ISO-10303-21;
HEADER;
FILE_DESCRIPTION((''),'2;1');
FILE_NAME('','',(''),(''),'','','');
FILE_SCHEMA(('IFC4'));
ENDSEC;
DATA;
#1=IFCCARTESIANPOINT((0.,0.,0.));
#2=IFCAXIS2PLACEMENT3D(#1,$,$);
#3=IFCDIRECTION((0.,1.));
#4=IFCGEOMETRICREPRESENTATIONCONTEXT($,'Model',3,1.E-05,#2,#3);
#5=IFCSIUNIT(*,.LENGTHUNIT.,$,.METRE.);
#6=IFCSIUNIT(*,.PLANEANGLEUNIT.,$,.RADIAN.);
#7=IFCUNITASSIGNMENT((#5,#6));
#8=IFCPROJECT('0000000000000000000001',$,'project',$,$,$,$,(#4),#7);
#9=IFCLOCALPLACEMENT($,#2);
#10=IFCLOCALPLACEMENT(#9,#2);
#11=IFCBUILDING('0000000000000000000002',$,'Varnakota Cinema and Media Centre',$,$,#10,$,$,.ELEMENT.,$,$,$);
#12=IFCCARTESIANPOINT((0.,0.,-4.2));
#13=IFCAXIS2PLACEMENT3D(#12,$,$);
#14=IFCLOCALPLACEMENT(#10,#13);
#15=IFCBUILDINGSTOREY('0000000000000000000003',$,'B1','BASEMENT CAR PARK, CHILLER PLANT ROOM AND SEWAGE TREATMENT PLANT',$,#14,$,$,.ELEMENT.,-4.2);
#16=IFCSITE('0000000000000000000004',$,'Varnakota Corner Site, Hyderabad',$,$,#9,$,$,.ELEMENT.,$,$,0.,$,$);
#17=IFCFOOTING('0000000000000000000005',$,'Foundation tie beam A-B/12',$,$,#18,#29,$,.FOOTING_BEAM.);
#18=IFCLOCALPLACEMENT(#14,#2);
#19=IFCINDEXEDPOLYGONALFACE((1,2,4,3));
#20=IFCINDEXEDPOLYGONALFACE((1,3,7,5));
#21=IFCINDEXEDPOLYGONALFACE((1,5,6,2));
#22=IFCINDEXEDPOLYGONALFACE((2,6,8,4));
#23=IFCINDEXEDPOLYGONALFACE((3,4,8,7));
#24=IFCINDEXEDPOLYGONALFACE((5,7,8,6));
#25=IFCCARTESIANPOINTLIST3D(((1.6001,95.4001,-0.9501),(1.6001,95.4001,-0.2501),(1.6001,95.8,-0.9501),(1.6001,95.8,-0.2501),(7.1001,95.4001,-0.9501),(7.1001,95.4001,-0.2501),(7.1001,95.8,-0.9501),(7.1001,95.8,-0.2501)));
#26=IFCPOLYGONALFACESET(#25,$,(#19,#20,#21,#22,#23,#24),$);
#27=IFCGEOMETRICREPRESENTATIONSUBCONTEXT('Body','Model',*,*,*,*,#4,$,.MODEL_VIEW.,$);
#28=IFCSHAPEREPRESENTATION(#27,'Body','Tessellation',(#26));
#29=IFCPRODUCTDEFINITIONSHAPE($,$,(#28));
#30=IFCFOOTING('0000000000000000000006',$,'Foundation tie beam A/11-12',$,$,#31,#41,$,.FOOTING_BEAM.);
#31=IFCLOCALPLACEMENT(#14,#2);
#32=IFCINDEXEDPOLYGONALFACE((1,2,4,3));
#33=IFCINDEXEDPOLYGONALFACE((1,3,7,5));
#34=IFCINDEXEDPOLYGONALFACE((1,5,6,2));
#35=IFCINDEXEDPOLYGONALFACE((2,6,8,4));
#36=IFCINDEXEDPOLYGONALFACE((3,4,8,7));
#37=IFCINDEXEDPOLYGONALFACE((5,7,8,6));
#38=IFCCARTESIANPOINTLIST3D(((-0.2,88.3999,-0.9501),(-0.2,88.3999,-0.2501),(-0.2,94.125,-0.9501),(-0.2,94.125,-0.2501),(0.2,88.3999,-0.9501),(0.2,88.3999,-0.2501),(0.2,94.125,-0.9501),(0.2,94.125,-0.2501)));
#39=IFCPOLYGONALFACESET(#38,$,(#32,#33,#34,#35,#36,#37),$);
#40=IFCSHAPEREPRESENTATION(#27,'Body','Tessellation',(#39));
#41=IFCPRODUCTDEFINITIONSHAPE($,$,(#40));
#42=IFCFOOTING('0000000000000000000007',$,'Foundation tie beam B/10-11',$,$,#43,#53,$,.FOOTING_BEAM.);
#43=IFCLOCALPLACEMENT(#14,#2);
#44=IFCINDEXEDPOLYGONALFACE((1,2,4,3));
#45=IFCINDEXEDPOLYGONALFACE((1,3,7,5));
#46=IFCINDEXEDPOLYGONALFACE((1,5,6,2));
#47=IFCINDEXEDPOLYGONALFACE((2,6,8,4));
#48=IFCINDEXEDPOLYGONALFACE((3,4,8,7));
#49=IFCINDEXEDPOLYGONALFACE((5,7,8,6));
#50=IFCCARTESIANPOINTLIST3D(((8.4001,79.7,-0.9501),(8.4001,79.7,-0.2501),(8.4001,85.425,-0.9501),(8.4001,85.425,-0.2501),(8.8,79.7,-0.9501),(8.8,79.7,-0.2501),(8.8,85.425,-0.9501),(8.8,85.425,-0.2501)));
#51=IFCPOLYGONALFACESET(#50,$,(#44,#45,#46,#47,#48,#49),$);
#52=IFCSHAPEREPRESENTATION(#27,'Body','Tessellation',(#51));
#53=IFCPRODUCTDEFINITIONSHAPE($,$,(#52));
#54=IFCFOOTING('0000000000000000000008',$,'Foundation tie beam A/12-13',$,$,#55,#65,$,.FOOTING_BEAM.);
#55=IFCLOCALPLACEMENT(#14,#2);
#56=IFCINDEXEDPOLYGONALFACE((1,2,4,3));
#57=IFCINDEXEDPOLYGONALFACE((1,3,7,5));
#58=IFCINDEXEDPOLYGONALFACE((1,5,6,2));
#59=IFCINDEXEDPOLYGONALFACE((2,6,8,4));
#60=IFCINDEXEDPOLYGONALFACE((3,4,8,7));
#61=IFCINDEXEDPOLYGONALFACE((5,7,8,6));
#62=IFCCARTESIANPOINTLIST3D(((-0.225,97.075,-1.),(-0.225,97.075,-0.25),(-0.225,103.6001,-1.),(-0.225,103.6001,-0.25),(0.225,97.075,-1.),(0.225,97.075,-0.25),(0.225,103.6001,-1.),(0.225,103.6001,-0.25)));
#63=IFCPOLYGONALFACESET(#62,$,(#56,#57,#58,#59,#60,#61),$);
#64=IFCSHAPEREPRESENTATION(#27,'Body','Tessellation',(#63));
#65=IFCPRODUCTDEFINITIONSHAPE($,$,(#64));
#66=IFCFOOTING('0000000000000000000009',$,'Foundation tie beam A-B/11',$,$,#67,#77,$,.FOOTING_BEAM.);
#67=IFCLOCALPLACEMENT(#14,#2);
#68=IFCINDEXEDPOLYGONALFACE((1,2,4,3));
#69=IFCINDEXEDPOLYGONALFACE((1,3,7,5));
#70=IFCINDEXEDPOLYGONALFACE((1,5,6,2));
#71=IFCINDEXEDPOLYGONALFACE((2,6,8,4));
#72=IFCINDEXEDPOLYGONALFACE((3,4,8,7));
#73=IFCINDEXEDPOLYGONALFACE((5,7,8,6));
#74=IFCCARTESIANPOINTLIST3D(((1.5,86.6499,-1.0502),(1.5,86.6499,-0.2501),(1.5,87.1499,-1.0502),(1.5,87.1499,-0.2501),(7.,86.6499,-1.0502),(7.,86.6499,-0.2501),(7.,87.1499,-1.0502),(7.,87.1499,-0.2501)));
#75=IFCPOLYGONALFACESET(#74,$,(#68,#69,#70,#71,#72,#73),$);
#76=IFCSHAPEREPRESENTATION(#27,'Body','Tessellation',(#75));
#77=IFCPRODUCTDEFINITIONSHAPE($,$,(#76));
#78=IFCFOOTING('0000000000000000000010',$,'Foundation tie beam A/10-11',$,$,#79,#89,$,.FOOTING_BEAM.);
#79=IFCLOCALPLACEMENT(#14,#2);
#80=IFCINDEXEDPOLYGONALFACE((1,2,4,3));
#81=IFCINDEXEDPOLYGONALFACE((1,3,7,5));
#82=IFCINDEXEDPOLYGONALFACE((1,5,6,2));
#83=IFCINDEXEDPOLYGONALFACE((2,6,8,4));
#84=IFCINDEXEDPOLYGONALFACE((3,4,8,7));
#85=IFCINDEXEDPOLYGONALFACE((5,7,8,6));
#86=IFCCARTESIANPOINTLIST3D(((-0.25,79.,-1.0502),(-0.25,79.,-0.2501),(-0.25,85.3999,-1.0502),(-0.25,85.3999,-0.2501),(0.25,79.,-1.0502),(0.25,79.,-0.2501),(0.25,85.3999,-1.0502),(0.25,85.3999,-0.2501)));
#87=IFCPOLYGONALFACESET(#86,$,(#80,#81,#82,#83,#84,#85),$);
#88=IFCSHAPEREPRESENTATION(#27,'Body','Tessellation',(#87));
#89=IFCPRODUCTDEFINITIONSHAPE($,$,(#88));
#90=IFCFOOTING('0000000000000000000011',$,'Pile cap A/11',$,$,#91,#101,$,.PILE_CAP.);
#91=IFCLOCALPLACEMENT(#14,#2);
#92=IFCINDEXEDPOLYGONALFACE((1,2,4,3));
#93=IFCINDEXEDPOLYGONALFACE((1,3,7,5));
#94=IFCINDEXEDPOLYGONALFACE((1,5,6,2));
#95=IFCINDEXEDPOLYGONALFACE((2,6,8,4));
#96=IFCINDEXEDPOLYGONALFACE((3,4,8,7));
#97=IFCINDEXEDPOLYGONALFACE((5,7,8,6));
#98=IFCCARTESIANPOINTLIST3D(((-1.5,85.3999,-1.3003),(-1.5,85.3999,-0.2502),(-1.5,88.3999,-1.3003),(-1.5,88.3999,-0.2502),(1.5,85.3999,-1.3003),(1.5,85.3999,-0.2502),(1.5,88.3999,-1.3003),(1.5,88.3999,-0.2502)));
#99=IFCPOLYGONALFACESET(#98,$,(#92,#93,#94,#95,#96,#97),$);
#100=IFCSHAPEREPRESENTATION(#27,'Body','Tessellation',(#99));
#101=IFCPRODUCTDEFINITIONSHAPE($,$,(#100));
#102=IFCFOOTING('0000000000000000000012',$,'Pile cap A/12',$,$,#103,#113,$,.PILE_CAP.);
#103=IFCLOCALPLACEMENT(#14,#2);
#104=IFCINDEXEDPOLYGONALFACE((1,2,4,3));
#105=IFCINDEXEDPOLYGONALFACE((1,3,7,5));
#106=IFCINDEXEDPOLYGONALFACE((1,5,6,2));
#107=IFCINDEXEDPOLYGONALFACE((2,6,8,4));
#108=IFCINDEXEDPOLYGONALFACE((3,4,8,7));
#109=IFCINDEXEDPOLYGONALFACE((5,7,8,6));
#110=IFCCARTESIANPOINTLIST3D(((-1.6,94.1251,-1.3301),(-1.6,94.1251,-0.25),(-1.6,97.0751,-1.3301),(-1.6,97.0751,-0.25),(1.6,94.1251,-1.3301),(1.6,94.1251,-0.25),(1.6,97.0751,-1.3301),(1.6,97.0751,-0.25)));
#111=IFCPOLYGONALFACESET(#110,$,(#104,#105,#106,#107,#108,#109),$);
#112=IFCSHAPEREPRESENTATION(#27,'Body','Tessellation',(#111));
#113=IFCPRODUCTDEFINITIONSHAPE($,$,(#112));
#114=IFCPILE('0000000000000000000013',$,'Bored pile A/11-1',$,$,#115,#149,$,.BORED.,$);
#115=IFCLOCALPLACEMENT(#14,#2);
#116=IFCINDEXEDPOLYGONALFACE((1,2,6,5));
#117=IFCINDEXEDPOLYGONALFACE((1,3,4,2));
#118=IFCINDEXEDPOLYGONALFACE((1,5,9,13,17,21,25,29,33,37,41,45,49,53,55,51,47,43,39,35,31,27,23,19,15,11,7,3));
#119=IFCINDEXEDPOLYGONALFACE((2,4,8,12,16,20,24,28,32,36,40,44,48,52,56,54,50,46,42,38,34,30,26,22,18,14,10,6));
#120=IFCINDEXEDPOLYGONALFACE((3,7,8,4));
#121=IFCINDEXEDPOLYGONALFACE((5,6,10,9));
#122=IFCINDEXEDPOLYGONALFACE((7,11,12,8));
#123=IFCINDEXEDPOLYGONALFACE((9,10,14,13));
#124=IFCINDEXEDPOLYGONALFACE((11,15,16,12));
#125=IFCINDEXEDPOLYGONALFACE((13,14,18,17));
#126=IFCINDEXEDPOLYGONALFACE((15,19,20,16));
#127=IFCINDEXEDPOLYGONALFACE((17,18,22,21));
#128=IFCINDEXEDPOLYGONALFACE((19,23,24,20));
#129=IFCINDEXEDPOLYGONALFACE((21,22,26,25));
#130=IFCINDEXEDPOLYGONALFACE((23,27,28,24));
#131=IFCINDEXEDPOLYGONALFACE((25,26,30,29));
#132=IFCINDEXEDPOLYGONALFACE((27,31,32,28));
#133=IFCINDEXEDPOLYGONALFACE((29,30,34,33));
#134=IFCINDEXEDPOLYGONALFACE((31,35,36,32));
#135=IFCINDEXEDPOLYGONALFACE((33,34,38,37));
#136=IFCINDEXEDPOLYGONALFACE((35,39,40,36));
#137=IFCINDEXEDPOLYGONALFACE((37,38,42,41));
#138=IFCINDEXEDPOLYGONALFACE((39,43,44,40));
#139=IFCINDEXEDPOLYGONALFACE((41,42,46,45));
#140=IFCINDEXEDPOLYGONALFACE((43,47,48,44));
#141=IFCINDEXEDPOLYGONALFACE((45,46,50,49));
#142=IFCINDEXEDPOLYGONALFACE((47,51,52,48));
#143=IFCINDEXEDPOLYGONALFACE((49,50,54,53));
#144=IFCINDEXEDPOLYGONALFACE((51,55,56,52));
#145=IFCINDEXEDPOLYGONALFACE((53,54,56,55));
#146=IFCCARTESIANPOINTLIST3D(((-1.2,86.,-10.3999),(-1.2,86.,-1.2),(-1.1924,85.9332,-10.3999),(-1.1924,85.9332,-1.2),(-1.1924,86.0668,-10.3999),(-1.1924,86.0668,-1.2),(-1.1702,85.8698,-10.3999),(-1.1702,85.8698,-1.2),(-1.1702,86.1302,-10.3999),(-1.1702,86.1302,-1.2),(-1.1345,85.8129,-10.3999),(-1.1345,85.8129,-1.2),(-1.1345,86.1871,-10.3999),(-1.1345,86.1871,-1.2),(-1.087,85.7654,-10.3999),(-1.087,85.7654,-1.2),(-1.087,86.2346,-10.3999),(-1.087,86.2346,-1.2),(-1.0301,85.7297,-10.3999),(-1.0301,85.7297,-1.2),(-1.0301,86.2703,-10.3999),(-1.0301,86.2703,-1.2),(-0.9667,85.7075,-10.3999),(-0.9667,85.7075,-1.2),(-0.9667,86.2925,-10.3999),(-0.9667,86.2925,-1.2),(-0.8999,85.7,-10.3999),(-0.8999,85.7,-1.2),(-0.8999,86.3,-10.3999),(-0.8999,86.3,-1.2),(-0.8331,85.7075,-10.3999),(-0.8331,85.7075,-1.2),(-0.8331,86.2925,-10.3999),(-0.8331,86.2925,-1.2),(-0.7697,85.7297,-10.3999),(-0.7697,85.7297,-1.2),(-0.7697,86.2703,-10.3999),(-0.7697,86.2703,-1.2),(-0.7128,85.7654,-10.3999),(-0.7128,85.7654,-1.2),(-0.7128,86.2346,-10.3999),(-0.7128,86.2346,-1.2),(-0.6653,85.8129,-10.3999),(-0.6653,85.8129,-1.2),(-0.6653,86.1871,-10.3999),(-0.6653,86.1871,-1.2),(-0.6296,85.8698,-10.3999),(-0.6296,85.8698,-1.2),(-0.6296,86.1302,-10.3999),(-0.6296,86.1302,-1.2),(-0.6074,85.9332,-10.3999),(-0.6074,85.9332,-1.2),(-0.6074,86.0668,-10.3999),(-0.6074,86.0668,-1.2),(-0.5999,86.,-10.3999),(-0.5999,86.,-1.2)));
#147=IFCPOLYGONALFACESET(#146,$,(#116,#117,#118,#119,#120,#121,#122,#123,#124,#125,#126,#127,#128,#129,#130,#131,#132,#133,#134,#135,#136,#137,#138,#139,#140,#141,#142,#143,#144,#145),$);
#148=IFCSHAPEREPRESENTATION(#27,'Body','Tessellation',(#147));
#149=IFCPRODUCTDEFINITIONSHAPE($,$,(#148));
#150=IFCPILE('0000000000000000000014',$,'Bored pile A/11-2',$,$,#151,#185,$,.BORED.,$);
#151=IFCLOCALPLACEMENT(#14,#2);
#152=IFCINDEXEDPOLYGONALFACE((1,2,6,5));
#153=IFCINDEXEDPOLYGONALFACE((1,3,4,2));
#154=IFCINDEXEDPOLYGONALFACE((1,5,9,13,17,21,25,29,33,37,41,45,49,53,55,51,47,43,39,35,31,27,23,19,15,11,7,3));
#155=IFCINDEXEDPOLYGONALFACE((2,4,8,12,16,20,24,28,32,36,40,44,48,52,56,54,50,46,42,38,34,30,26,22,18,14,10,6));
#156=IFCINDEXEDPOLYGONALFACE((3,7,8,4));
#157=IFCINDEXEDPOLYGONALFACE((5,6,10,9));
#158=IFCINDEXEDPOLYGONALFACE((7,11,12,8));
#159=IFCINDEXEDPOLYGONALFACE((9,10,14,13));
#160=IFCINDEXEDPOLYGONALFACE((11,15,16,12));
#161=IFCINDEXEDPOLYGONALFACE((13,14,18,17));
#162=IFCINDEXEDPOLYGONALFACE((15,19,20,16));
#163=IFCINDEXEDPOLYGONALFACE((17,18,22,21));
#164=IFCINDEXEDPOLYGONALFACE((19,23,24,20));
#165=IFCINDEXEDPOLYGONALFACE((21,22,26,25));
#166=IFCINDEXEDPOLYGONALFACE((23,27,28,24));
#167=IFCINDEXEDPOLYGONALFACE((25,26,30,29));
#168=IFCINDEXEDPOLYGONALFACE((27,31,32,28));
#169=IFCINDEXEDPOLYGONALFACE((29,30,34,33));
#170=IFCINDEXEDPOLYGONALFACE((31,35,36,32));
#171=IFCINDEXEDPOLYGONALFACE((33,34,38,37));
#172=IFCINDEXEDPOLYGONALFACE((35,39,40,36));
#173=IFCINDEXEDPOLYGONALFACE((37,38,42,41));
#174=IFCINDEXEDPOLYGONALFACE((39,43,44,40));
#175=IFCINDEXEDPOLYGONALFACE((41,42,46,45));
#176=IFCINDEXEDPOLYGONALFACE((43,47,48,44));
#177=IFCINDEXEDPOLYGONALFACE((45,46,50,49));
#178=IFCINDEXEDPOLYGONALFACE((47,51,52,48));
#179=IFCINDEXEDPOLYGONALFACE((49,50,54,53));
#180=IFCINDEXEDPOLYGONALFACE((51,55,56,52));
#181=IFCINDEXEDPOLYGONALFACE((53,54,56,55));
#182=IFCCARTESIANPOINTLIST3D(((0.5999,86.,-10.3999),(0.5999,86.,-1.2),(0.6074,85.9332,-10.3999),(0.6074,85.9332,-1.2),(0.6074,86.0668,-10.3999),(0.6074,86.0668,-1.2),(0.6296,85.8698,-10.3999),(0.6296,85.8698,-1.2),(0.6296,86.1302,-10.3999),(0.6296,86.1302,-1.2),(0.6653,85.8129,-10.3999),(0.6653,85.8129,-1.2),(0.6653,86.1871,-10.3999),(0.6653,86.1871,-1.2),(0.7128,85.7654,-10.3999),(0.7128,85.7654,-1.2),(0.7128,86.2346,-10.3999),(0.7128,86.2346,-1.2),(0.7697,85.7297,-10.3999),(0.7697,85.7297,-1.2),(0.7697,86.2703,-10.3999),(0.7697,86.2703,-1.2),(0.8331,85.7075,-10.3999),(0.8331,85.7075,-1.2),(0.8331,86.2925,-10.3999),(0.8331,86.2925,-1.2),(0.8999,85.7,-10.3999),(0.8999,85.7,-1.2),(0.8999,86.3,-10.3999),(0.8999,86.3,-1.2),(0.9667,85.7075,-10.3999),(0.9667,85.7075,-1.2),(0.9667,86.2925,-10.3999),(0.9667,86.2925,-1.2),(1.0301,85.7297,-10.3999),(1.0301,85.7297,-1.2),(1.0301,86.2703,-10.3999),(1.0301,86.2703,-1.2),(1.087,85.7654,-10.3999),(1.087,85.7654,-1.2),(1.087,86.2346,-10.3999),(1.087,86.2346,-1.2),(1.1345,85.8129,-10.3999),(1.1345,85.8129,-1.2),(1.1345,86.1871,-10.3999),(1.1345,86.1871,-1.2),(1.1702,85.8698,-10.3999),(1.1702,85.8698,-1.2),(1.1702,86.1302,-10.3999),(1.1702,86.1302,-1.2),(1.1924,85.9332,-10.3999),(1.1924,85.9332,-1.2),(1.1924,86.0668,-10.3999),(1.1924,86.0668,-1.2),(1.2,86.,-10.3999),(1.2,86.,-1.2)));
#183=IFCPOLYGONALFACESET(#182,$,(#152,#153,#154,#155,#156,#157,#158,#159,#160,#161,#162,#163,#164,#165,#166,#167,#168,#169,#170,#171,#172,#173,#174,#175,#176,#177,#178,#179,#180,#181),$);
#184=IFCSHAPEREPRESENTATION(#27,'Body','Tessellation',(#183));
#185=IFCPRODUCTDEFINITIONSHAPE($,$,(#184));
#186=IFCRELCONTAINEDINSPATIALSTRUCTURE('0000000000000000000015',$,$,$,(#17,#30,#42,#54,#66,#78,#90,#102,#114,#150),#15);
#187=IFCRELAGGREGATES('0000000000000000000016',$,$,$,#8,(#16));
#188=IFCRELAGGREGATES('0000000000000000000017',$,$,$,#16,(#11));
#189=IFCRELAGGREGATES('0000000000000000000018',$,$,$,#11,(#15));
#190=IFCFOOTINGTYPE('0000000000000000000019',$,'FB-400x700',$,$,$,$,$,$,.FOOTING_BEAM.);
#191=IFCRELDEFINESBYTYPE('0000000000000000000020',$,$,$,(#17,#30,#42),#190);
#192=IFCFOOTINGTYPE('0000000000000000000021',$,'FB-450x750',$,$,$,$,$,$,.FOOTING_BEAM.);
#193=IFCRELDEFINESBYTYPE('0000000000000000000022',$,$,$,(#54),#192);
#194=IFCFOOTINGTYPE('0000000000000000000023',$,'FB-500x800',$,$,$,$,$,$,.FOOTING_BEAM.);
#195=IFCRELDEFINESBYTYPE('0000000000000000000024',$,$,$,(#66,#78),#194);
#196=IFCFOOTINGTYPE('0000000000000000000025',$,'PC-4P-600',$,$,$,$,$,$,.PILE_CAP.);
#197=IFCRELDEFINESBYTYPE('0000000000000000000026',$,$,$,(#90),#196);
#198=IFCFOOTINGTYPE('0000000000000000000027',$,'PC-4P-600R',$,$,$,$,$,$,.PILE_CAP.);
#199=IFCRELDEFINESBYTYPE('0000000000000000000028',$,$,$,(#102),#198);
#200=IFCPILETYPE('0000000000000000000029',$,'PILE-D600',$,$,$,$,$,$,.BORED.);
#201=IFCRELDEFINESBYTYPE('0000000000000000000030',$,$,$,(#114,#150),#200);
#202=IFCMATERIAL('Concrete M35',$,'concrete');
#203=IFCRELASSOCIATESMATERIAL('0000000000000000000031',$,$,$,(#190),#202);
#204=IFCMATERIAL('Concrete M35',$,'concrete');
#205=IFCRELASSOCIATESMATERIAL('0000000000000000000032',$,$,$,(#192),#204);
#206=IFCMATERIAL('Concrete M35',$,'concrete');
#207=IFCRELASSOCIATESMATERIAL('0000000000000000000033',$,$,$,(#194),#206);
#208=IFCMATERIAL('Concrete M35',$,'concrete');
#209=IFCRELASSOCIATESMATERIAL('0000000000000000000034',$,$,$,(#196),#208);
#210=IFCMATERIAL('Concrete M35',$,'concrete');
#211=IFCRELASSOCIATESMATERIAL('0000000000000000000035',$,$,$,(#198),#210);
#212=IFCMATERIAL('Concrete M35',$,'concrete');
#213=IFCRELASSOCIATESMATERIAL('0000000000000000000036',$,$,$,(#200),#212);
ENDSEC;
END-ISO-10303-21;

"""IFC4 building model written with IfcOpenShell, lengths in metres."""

from ifc_helpers import new_model, si_unit, direction, frame, origin, origin_2d, place, context, subcontext, project, spatial, rectangle, circle, extrude, material, material_profile, profile_set, type_object, element, save


model = new_model("IFC4")

# Units and contexts
model_context = context("Model", 3, precision=1e-05, world=origin(), true_north=direction((0.0, 1.0)))
body_context = subcontext(model_context, "Body", "Model", "MODEL_VIEW")
ifc_project = project(units=[si_unit("LENGTHUNIT", "METRE"), si_unit("PLANEANGLEUNIT", "RADIAN")], contexts=[model_context])

# Site, building, storey
site_placement = place(None, origin())
site = spatial("IfcSite", under=ifc_project, at=site_placement, Name="Varnakota Corner Site, Hyderabad", CompositionType="ELEMENT", RefElevation=0.0)
building_placement = place(site_placement, origin())
building = spatial("IfcBuilding", under=site, at=building_placement, Name="Varnakota Cinema and Media Centre", CompositionType="ELEMENT")
storey_placement = place(building_placement, frame((0.0, 0.0, -4.2)))
storey = spatial("IfcBuildingStorey", under=building, at=storey_placement, Name="B1", Description="BASEMENT CAR PARK, CHILLER PLANT ROOM AND SEWAGE TREATMENT PLANT", CompositionType="ELEMENT", Elevation=-4.2)

# Footings
ifc_material_1 = material(Name="Concrete M35", Category="concrete")
ifc_material_profile_1 = material_profile(ifc_material_1, rectangle(XDim=0.3999, YDim=0.7, at=origin_2d()), Name="FB 400x700")
ifc_profile_set_1 = profile_set([ifc_material_profile_1], Name="Concrete M35")
footing_type_1 = type_object("IfcFootingType", Name="FB-400x700", PredefinedType="FOOTING_BEAM", material=ifc_profile_set_1)
footing_1_placement = place(storey_placement, frame((1.6001, 95.6001, -0.6001), z_axis=(1.0, 0.0, 0.0), x_axis=(0.0, 1.0, 0.0)))
element("IfcFooting", 1, at=footing_1_placement, inside=storey, type_object=footing_type_1, Name="Foundation tie beam A-B/12", PredefinedType="FOOTING_BEAM", context=body_context, shape_type="SweptSolid", body=[
    extrude(rectangle(XDim=0.3999, YDim=0.7, at=origin_2d()), origin(), (0.0, 0.0, 1.0), 5.5),
])
for number, where, z_axis, x_axis, name in (
    (2, (0.0, 88.3999, -0.6001), (0.0, 1.0, 0.0), (-1.0, 0.0, 0.0), "Foundation tie beam A/11-12"),
    (3, (8.6001, 79.7, -0.6001), (0.0, 1.0, 0.0), (-1.0, 0.0, 0.0), "Foundation tie beam B/10-11"),
):
    element("IfcFooting", number, at=place(storey_placement, frame(where, z_axis=z_axis, x_axis=x_axis)), inside=storey, type_object=footing_type_1, Name=name, PredefinedType="FOOTING_BEAM", context=body_context, shape_type="SweptSolid", body=[
        extrude(rectangle(XDim=0.3999, YDim=0.7, at=origin_2d()), origin(), (0.0, 0.0, 1.0), 5.7251),
    ])
ifc_material_2 = material(Name="Concrete M35", Category="concrete")
ifc_material_profile_2 = material_profile(ifc_material_2, rectangle(XDim=0.45, YDim=0.75, at=origin_2d()), Name="FB 450x750")
ifc_profile_set_2 = profile_set([ifc_material_profile_2], Name="Concrete M35")
footing_type_2 = type_object("IfcFootingType", Name="FB-450x750", PredefinedType="FOOTING_BEAM", material=ifc_profile_set_2)
footing_2_placement = place(storey_placement, frame((0.0, 97.075, -0.625), z_axis=(0.0, 1.0, 0.0), x_axis=(-1.0, 0.0, 0.0)))
element("IfcFooting", 4, at=footing_2_placement, inside=storey, type_object=footing_type_2, Name="Foundation tie beam A/12-13", PredefinedType="FOOTING_BEAM", context=body_context, shape_type="SweptSolid", body=[
    extrude(rectangle(XDim=0.45, YDim=0.75, at=origin_2d()), origin(), (0.0, 0.0, 1.0), 6.5251),
])
ifc_material_3 = material(Name="Concrete M35", Category="concrete")
ifc_material_profile_3 = material_profile(ifc_material_3, rectangle(XDim=0.5, YDim=0.8, at=origin_2d()), Name="FB 500x800")
ifc_profile_set_3 = profile_set([ifc_material_profile_3], Name="Concrete M35")
footing_type_3 = type_object("IfcFootingType", Name="FB-500x800", PredefinedType="FOOTING_BEAM", material=ifc_profile_set_3)
footing_3_placement = place(storey_placement, frame((1.5, 86.8999, -0.6501), z_axis=(1.0, 0.0, 0.0), x_axis=(0.0, 1.0, 0.0)))
element("IfcFooting", 5, at=footing_3_placement, inside=storey, type_object=footing_type_3, Name="Foundation tie beam A-B/11", PredefinedType="FOOTING_BEAM", context=body_context, shape_type="SweptSolid", body=[
    extrude(rectangle(XDim=0.5, YDim=0.8, at=origin_2d()), origin(), (0.0, 0.0, 1.0), 5.5),
])
footing_4_placement = place(storey_placement, frame((0.0, 79.0, -0.6501), z_axis=(0.0, 1.0, 0.0), x_axis=(-1.0, 0.0, 0.0)))
element("IfcFooting", 6, at=footing_4_placement, inside=storey, type_object=footing_type_3, Name="Foundation tie beam A/10-11", PredefinedType="FOOTING_BEAM", context=body_context, shape_type="SweptSolid", body=[
    extrude(rectangle(XDim=0.5, YDim=0.8, at=origin_2d()), origin(), (0.0, 0.0, 1.0), 6.3999),
])
ifc_material_4 = material(Name="Concrete M35", Category="concrete")
footing_type_4 = type_object("IfcFootingType", Name="PC-4P-600", PredefinedType="PILE_CAP", material=ifc_material_4)
footing_5_placement = place(storey_placement, frame((0.0, 86.8999, -1.3003), z_axis=(0.0, 0.0, 1.0), x_axis=(1.0, 0.0, 0.0)))
element("IfcFooting", 7, at=footing_5_placement, inside=storey, type_object=footing_type_4, Name="Pile cap A/11", PredefinedType="PILE_CAP", context=body_context, shape_type="SweptSolid", body=[
    extrude(rectangle(XDim=3.0, YDim=3.0, at=origin_2d()), origin(), (0.0, 0.0, 1.0), 1.05),
])
ifc_material_5 = material(Name="Concrete M35", Category="concrete")
footing_type_5 = type_object("IfcFootingType", Name="PC-4P-600R", PredefinedType="PILE_CAP", material=ifc_material_5)
footing_6_placement = place(storey_placement, frame((0.0, 95.6001, -1.3301), z_axis=(0.0, 0.0, 1.0), x_axis=(1.0, 0.0, 0.0)))
element("IfcFooting", 8, at=footing_6_placement, inside=storey, type_object=footing_type_5, Name="Pile cap A/12", PredefinedType="PILE_CAP", context=body_context, shape_type="SweptSolid", body=[
    extrude(rectangle(XDim=3.2, YDim=2.95, at=origin_2d()), origin(), (0.0, 0.0, 1.0), 1.0801),
])

# Piles
ifc_material_6 = material(Name="Concrete M35", Category="concrete")
ifc_material_profile_4 = material_profile(ifc_material_6, circle(Radius=0.3, at=origin_2d()), Name="PILE D600")
ifc_profile_set_4 = profile_set([ifc_material_profile_4], Name="Concrete M35")
pile_type = type_object("IfcPileType", Name="PILE-D600", PredefinedType="BORED", material=ifc_profile_set_4)
for number, where, z_axis, x_axis, name in (
    (9, (-0.8999, 86.0, -1.2), (0.0, 0.0, -1.0), (1.0, 0.0, 0.0), "Bored pile A/11-1"),
    (10, (0.8999, 86.0, -1.2), (0.0, 0.0, -1.0), (1.0, 0.0, 0.0), "Bored pile A/11-2"),
):
    element("IfcPile", number, at=place(storey_placement, frame(where, z_axis=z_axis, x_axis=x_axis)), inside=storey, type_object=pile_type, Name=name, PredefinedType="BORED", context=body_context, shape_type="SweptSolid", body=[
        extrude(circle(Radius=0.3, at=origin_2d()), origin(), (0.0, 0.0, 1.0), 9.2),
    ])

save(model, "model.ifc")
